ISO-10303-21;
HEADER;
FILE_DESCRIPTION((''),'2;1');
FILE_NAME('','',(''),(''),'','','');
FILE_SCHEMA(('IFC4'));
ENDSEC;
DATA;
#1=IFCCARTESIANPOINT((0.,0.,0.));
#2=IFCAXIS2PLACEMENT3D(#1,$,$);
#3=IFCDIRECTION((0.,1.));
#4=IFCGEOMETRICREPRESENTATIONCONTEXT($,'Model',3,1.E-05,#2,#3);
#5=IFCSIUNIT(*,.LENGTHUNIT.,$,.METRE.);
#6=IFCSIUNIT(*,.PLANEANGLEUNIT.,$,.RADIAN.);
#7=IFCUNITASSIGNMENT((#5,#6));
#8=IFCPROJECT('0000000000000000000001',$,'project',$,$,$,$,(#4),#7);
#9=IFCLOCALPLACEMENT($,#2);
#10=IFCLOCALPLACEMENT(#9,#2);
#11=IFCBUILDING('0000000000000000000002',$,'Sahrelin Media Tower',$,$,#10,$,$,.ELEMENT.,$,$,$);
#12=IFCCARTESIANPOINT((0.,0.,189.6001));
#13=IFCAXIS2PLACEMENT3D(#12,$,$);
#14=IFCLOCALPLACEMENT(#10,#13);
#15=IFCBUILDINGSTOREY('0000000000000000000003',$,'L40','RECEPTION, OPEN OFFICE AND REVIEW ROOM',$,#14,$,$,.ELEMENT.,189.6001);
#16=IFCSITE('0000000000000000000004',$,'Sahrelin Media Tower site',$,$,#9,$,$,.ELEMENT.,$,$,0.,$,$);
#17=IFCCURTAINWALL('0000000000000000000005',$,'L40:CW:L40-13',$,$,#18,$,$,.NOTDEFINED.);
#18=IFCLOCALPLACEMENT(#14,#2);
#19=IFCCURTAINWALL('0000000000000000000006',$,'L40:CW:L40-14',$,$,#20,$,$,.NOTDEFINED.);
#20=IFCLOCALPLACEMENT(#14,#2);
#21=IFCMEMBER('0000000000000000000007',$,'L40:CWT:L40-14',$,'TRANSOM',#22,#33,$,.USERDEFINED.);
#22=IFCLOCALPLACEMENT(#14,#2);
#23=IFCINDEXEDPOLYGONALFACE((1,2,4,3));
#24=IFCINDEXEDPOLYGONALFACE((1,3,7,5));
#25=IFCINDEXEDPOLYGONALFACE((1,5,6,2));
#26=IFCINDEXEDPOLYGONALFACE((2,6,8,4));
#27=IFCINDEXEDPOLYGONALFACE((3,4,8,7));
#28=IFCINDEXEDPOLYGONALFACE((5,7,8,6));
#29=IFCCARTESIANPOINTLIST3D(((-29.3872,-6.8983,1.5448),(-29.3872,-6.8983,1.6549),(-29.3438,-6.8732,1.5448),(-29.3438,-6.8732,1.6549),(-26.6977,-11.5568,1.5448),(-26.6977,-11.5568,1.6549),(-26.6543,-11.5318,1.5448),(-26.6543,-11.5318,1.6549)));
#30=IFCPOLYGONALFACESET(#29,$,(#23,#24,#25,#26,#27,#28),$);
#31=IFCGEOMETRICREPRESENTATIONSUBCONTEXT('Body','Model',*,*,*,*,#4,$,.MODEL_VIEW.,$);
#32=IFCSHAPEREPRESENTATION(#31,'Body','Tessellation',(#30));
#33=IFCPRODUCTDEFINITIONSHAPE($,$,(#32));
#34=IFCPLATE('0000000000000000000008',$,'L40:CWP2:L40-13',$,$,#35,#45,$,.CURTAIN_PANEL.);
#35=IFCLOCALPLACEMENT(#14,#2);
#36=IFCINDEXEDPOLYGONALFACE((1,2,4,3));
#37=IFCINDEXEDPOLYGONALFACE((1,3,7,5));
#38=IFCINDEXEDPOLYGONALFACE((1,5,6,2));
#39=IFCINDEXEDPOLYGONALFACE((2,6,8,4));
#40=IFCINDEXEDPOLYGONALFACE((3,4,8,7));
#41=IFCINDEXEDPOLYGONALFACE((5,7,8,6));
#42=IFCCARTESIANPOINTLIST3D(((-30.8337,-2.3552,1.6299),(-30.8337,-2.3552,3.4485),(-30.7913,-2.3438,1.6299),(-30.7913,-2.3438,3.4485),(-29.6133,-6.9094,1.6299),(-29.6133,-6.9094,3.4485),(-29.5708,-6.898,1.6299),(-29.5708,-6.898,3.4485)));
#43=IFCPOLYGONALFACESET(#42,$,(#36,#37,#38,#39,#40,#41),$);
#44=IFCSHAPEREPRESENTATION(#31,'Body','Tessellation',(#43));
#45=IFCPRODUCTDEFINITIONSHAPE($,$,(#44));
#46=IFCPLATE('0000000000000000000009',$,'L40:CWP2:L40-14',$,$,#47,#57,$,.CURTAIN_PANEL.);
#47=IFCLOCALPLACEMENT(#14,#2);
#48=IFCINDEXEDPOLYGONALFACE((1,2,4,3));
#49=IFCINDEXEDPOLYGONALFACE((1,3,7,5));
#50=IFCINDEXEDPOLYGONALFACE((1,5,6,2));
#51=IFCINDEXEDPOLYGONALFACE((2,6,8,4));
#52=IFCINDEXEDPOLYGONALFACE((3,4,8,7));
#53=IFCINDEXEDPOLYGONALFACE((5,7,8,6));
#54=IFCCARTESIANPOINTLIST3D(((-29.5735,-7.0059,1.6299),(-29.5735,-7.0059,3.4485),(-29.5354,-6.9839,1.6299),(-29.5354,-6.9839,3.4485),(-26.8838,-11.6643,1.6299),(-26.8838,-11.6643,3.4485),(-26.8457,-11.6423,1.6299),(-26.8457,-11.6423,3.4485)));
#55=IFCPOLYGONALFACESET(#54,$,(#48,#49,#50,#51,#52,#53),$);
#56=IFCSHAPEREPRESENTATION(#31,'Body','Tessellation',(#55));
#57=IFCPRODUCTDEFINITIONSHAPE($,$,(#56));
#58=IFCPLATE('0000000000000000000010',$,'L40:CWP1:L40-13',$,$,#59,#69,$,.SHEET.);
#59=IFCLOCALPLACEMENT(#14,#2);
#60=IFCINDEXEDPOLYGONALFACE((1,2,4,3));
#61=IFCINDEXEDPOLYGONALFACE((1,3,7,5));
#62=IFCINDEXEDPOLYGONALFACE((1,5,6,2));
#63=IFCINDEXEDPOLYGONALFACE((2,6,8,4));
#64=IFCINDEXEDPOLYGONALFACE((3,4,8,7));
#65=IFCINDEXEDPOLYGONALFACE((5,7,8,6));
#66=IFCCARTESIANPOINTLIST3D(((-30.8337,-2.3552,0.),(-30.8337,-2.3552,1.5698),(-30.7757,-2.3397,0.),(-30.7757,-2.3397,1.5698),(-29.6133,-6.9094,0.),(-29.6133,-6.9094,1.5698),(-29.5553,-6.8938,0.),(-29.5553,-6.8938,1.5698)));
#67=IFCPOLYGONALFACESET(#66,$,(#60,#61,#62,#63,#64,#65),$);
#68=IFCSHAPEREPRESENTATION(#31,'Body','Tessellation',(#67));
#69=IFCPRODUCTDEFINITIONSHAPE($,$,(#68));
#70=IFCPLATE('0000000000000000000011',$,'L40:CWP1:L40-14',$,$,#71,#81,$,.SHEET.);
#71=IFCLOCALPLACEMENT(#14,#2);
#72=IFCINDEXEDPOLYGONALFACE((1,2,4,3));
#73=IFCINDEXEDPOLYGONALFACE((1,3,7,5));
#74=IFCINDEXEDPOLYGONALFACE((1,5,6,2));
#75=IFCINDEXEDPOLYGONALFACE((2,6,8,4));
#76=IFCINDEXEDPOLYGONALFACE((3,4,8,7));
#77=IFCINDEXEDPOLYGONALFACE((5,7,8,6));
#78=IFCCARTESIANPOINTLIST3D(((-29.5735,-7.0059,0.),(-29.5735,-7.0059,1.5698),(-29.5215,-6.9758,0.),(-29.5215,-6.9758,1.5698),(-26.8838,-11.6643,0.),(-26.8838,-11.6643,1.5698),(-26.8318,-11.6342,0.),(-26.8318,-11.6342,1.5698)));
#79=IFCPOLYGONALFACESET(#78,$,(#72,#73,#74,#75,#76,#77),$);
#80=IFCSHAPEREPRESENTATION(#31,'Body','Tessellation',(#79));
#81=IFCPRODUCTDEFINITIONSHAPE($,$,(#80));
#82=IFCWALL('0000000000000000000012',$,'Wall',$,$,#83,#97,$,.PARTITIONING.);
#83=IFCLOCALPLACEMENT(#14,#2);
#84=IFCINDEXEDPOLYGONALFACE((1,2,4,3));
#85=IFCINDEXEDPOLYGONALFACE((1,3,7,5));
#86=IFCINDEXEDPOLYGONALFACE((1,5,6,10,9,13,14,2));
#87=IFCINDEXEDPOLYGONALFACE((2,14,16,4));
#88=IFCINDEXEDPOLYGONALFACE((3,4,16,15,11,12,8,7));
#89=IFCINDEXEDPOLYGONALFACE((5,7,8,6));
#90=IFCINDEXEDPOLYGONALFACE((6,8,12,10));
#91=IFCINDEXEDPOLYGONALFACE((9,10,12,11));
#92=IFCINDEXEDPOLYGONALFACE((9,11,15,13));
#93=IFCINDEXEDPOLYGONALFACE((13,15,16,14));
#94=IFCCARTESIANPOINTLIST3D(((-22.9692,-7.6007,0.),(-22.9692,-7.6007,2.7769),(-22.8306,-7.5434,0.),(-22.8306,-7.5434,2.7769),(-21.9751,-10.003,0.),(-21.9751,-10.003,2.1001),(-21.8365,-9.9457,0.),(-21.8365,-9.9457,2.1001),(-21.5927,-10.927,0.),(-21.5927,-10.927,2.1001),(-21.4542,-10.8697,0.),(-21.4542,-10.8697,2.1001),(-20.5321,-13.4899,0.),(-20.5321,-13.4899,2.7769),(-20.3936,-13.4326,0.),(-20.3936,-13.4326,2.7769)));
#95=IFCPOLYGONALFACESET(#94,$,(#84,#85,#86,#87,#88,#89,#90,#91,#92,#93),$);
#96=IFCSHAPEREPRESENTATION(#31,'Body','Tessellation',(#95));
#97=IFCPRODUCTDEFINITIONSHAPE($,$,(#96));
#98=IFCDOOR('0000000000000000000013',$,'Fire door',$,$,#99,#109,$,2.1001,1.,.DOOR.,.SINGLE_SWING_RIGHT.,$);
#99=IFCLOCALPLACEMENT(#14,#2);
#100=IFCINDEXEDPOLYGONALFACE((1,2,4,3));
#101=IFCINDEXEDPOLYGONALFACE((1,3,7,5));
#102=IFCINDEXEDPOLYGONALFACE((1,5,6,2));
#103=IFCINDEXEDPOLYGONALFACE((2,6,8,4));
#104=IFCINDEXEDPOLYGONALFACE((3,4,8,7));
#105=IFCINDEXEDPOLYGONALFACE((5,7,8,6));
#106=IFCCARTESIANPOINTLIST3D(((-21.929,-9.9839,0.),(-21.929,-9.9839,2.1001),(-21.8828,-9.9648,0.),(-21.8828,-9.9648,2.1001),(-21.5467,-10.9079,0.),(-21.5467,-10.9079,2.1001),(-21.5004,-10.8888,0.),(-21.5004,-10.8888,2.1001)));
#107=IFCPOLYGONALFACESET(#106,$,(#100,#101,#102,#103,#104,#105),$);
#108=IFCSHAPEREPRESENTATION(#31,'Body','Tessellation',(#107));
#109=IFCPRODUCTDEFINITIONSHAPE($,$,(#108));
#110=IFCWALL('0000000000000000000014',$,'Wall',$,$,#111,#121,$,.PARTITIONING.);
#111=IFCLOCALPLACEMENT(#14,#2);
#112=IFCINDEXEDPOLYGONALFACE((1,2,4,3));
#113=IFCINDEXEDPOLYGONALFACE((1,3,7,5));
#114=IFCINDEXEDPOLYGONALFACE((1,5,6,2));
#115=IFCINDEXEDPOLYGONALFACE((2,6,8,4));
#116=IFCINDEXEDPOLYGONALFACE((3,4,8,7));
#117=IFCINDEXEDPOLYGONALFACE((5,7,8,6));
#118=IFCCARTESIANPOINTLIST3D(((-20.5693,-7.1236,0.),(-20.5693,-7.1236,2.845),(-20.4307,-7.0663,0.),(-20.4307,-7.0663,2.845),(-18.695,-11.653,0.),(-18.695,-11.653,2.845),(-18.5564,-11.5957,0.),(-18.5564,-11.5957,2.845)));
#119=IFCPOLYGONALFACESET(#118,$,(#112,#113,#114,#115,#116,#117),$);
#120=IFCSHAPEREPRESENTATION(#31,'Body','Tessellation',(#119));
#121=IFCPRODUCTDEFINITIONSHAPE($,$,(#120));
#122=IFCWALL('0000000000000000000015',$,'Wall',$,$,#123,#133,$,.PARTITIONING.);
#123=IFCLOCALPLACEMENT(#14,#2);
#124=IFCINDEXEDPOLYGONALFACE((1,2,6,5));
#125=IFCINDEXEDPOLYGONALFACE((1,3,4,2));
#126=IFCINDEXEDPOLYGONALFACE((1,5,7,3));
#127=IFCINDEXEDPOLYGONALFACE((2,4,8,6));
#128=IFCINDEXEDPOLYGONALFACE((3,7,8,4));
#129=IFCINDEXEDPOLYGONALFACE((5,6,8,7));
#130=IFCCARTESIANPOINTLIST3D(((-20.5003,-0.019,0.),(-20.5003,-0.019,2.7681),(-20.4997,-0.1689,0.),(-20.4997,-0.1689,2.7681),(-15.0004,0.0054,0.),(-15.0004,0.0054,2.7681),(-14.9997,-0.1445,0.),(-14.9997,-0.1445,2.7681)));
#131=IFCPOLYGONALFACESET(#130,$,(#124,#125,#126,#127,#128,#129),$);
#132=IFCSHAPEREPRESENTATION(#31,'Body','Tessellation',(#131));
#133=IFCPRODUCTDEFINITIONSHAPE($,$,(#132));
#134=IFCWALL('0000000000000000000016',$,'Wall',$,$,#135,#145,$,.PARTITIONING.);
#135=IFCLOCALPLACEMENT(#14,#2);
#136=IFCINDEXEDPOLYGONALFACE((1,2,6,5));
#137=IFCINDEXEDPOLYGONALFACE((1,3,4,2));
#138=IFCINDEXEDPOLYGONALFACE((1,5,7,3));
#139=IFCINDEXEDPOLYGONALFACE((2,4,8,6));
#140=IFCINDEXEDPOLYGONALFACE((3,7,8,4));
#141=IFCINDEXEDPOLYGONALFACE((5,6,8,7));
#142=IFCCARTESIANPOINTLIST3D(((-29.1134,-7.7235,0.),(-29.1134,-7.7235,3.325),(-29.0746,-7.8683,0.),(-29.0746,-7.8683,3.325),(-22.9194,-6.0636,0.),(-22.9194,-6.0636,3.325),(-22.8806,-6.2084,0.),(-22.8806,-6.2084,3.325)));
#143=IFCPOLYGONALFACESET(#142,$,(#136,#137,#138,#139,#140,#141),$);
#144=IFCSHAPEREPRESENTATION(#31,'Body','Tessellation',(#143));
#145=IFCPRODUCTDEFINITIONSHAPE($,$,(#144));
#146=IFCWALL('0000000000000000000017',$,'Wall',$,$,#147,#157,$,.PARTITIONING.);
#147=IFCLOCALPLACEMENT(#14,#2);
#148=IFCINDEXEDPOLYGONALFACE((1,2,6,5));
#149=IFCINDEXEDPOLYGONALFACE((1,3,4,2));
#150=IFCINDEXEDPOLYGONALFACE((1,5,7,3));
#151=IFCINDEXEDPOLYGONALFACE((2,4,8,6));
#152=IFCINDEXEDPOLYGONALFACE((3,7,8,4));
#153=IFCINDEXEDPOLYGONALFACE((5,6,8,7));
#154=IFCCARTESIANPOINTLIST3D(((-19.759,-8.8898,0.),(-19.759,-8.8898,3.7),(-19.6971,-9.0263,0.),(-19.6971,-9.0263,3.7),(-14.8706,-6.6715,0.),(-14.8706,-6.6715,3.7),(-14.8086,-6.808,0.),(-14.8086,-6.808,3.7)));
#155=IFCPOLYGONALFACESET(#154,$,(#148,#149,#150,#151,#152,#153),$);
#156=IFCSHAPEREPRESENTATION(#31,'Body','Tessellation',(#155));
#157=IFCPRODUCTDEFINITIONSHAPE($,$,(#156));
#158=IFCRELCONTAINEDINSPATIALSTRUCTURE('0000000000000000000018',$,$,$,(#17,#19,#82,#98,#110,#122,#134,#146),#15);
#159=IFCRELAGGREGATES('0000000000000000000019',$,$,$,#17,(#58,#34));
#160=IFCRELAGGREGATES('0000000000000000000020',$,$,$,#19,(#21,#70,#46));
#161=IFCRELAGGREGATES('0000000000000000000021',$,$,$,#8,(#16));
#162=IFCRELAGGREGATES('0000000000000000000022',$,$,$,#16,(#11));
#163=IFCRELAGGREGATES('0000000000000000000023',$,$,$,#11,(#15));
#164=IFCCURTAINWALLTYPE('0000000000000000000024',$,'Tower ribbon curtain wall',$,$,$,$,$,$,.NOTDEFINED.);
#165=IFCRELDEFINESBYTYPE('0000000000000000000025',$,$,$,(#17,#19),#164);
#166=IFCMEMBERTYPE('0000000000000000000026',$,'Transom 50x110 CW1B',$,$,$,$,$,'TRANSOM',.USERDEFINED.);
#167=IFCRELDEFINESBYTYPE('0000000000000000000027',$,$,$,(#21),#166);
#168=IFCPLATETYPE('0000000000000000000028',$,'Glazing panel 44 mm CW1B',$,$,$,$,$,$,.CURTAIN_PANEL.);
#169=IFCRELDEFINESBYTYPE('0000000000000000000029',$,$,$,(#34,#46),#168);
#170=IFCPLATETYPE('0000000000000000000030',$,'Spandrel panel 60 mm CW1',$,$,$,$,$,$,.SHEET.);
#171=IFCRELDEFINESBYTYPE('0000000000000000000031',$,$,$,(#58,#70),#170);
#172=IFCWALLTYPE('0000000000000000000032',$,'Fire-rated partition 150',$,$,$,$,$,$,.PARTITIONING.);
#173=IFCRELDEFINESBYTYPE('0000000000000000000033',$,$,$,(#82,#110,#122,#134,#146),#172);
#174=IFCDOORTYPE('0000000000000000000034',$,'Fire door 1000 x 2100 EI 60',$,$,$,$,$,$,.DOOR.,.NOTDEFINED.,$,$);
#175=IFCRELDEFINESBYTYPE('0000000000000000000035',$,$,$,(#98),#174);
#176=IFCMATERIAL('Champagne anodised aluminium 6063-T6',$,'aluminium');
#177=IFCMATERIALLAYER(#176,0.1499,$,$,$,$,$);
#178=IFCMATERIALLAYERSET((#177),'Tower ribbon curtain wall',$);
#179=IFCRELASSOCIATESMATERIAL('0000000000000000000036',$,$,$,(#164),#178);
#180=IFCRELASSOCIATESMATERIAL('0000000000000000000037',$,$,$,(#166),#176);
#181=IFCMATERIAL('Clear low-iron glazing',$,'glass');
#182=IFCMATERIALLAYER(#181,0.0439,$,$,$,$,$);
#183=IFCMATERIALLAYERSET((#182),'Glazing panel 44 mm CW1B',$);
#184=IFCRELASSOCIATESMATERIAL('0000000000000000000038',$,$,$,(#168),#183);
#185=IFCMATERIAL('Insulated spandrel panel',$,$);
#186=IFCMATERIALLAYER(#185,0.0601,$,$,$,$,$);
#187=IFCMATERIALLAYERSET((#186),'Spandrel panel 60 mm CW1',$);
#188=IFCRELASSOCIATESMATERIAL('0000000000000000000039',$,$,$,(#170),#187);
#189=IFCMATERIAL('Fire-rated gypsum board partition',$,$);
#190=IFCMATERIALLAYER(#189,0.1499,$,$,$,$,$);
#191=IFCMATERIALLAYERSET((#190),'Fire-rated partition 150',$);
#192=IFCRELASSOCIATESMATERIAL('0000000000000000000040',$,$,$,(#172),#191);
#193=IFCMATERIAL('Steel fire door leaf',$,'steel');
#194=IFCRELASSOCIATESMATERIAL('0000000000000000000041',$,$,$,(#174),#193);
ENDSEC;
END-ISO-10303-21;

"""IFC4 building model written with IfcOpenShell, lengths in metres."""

from ifc_helpers import new_model, si_unit, direction, frame, frame_2d, origin, origin_2d, place, context, subcontext, project, spatial, polyline, rectangle, outline, extrude, material, layer, layer_set, material_profile, profile_set, type_object, element, fill, aggregate, save


model = new_model("IFC4")

# Units and contexts
model_context = context("Model", 3, precision=1e-05, world=origin(), true_north=direction((0.0, 1.0)))
body_context = subcontext(model_context, "Body", "Model", "MODEL_VIEW")
ifc_project = project(units=[si_unit("LENGTHUNIT", "METRE"), si_unit("PLANEANGLEUNIT", "RADIAN")], contexts=[model_context])

# Site, building, storey
site_placement = place(None, origin())
site = spatial("IfcSite", under=ifc_project, at=site_placement, Name="Sahrelin Media Tower site", CompositionType="ELEMENT", RefElevation=0.0)
building_placement = place(site_placement, origin())
building = spatial("IfcBuilding", under=site, at=building_placement, Name="Sahrelin Media Tower", CompositionType="ELEMENT")
storey_placement = place(building_placement, frame((0.0, 0.0, 189.6001)))
storey = spatial("IfcBuildingStorey", under=building, at=storey_placement, Name="L40", Description="RECEPTION, OPEN OFFICE AND REVIEW ROOM", CompositionType="ELEMENT", Elevation=189.6001)

# Curtain wall
ifc_material_1 = material(Name="Champagne anodised aluminium 6063-T6", Category="aluminium")
ifc_layer_1 = layer(ifc_material_1, 0.1499)
ifc_layer_set_1 = layer_set([ifc_layer_1], Name="Tower ribbon curtain wall")
curtain_wall_type = type_object("IfcCurtainWallType", Name="Tower ribbon curtain wall", PredefinedType="NOTDEFINED", material=ifc_layer_set_1)
curtain_wall_1_placement = place(storey_placement, frame((-30.2041, -4.6272, 0.0), z_axis=(0.0, 0.0, 1.0), x_axis=(1.0, 0.0, 0.0)))
curtain_wall_1 = element("IfcCurtainWall", 1, at=curtain_wall_1_placement, inside=storey, type_object=curtain_wall_type, Name="L40:CW:L40-13", PredefinedType="NOTDEFINED")

# Shared definitions
ifc_material_profile_1 = material_profile(ifc_material_1, rectangle(XDim=0.05, YDim=0.1101, at=origin_2d()), Name="Transom 50x110")
ifc_profile_set_1 = profile_set([ifc_material_profile_1], Name="Champagne anodised aluminium 6063-T6")
member_type_1 = type_object("IfcMemberType", Name="Transom 50x110 CW1B", ElementType="TRANSOM", PredefinedType="USERDEFINED", material=ifc_profile_set_1)

# Curtain wall, member
curtain_wall_2_placement = place(storey_placement, frame((-28.2112, -9.325, 0.0), z_axis=(0.0, 0.0, 1.0), x_axis=(1.0, 0.0, 0.0)))
curtain_wall_2 = element("IfcCurtainWall", 2, at=curtain_wall_2_placement, inside=storey, type_object=curtain_wall_type, Name="L40:CW:L40-14", PredefinedType="NOTDEFINED")
member_1_placement = place(storey_placement, frame((-29.3655, -6.8857, 1.5999), z_axis=(0.499986, -0.866034, 0.0), x_axis=(0.866034, 0.499986, 0.0)))
member_1 = element("IfcMember", 3, at=member_1_placement, type_object=member_type_1, Name="L40:CWT:L40-14", ObjectType="TRANSOM", PredefinedType="USERDEFINED", context=body_context, shape_type="SweptSolid", body=[
    extrude(rectangle(XDim=0.05, YDim=0.1101, at=origin_2d()), origin(), (0.0, 0.0, 1.0), 5.3792),
])

# Plates
ifc_material_2 = material(Name="Clear low-iron glazing", Category="glass")
ifc_layer_2 = layer(ifc_material_2, 0.0439)
ifc_layer_set_2 = layer_set([ifc_layer_2], Name="Glazing panel 44 mm CW1B")
plate_type_1 = type_object("IfcPlateType", Name="Glazing panel 44 mm CW1B", PredefinedType="CURTAIN_PANEL", material=ifc_layer_set_2)
plate_1_placement = place(storey_placement, frame((-30.8337, -2.3552, 1.6299), z_axis=(-0.965917, -0.258852, 0.0), x_axis=(0.258852, -0.965917, 0.0)))
plate_1 = element("IfcPlate", 4, at=plate_1_placement, type_object=plate_type_1, Name="L40:CWP2:L40-13", PredefinedType="CURTAIN_PANEL", context=body_context, shape_type="SweptSolid", body=[
    extrude(outline(polyline([(0.0, 0.0), (4.7148, 0.0), (4.7148, 1.8186), (0.0, 1.8186), (0.0, 0.0)])), origin(), (0.0, 0.0, -1.0), 0.0439),
])
plate_2_placement = place(storey_placement, frame((-29.5735, -7.0059, 1.6299), z_axis=(-0.866014, -0.50002, 0.0), x_axis=(0.50002, -0.866014, 0.0)))
plate_2 = element("IfcPlate", 5, at=plate_2_placement, type_object=plate_type_1, Name="L40:CWP2:L40-14", PredefinedType="CURTAIN_PANEL", context=body_context, shape_type="SweptSolid", body=[
    extrude(outline(polyline([(0.0, 0.0), (5.3792, 0.0), (5.3792, 1.8186), (0.0, 1.8186), (0.0, 0.0)])), origin(), (0.0, 0.0, -1.0), 0.0439),
])
ifc_material_3 = material(Name="Insulated spandrel panel")
ifc_layer_3 = layer(ifc_material_3, 0.0601)
ifc_layer_set_3 = layer_set([ifc_layer_3], Name="Spandrel panel 60 mm CW1")
plate_type_2 = type_object("IfcPlateType", Name="Spandrel panel 60 mm CW1", PredefinedType="SHEET", material=ifc_layer_set_3)
plate_3_placement = place(storey_placement, frame((-30.8337, -2.3552, 0.0), z_axis=(-0.965917, -0.258852, 0.0), x_axis=(0.258852, -0.965917, 0.0)))
plate_3 = element("IfcPlate", 6, at=plate_3_placement, type_object=plate_type_2, Name="L40:CWP1:L40-13", PredefinedType="SHEET", context=body_context, shape_type="SweptSolid", body=[
    extrude(outline(polyline([(0.0, 0.0), (4.7148, 0.0), (4.7148, 1.5698), (0.0, 1.5698), (0.0, 0.0)])), origin(), (0.0, 0.0, -1.0), 0.0601),
])
aggregate(curtain_wall_1, [plate_3, plate_1])
plate_4_placement = place(storey_placement, frame((-29.5735, -7.0059, 0.0), z_axis=(-0.866014, -0.50002, 0.0), x_axis=(0.50002, -0.866014, 0.0)))
plate_4 = element("IfcPlate", 7, at=plate_4_placement, type_object=plate_type_2, Name="L40:CWP1:L40-14", PredefinedType="SHEET", context=body_context, shape_type="SweptSolid", body=[
    extrude(outline(polyline([(0.0, 0.0), (5.3792, 0.0), (5.3792, 1.5698), (0.0, 1.5698), (0.0, 0.0)])), origin(), (0.0, 0.0, -1.0), 0.0601),
])
aggregate(curtain_wall_2, [member_1, plate_4, plate_2])

# Wall, opening, door
ifc_material_4 = material(Name="Fire-rated gypsum board partition")
ifc_layer_4 = layer(ifc_material_4, 0.1499)
ifc_layer_set_4 = layer_set([ifc_layer_4], Name="Fire-rated partition 150")
wall_type_1 = type_object("IfcWallType", Name="Fire-rated partition 150", PredefinedType="PARTITIONING", material=ifc_layer_set_4)
wall_1_placement = place(storey_placement, frame((-22.8999, -7.572, 0.0), z_axis=(0.0, 0.0, 1.0), x_axis=(0.382368, -0.92401, 0.0)))
wall_1 = element("IfcWall", 8, at=wall_1_placement, inside=storey, type_object=wall_type_1, Name="Wall", PredefinedType="PARTITIONING", context=body_context, shape_type="SweptSolid", body=[
    extrude(rectangle(XDim=6.3735, YDim=0.1499, at=frame_2d((3.1868, 0.0))), origin(), (0.0, 0.0, 1.0), 2.7769),
])
opening_1_placement = place(wall_1_placement, frame((2.5999, 0.0, 0.0)))
opening_1 = element("IfcOpeningElement", 9, at=opening_1_placement, cuts=wall_1, PredefinedType="OPENING", context=body_context, shape_type="SweptSolid", body=[
    extrude(rectangle(XDim=1.0, YDim=2.1001, at=frame_2d((0.5, 1.05))), frame((0.0, 0.075, 0.0), z_axis=(0.0, -1.0, 0.0), x_axis=(1.0, 0.0, 0.0)), (0.0, 0.0, 1.0), 0.1499),
])
ifc_material_5 = material(Name="Steel fire door leaf", Category="steel")
door_type_1 = type_object("IfcDoorType", Name="Fire door 1000 x 2100 EI 60", OperationType="NOTDEFINED", PredefinedType="DOOR", material=ifc_material_5)
door_1_placement = place(opening_1_placement, origin())
door_1 = element("IfcDoor", 10, at=door_1_placement, inside=storey, type_object=door_type_1, Name="Fire door", OperationType="SINGLE_SWING_RIGHT", OverallHeight=2.1001, OverallWidth=1.0, PredefinedType="DOOR", context=body_context, shape_type="SweptSolid", body=[
    extrude(rectangle(XDim=1.0, YDim=2.1001, at=frame_2d((0.5, 1.05))), frame((0.0, 0.0249, 0.0), z_axis=(0.0, -1.0, 0.0), x_axis=(1.0, 0.0, 0.0)), (0.0, 0.0, 1.0), 0.05),
])
fill(opening_1, door_1)

# Walls
wall_2_placement = place(storey_placement, frame((-20.5, -7.095, 0.0), z_axis=(0.0, 0.0, 1.0), x_axis=(0.382365, -0.924011, 0.0)))
element("IfcWall", 11, at=wall_2_placement, inside=storey, type_object=wall_type_1, Name="Wall", PredefinedType="PARTITIONING", context=body_context, shape_type="SweptSolid", body=[
    extrude(rectangle(XDim=4.9019, YDim=0.1499, at=frame_2d((2.4509, 0.0))), origin(), (0.0, 0.0, 1.0), 2.845),
])
wall_3_placement = place(storey_placement, frame((-20.5, -0.094, 0.0), z_axis=(0.0, 0.0, 1.0), x_axis=(0.99999, 0.004439, 0.0)))
element("IfcWall", 12, at=wall_3_placement, inside=storey, type_object=wall_type_1, Name="Wall", PredefinedType="PARTITIONING", context=body_context, shape_type="SweptSolid", body=[
    extrude(rectangle(XDim=5.5, YDim=0.1499, at=frame_2d((2.75, 0.0))), origin(), (0.0, 0.0, 1.0), 2.7681),
])
wall_4_placement = place(storey_placement, frame((-29.094, -7.7959, 0.0), z_axis=(0.0, 0.0, 1.0), x_axis=(0.965918, 0.25885, 0.0)))
element("IfcWall", 13, at=wall_4_placement, inside=storey, type_object=wall_type_1, Name="Wall", PredefinedType="PARTITIONING", context=body_context, shape_type="SweptSolid", body=[
    extrude(rectangle(XDim=6.4126, YDim=0.1499, at=frame_2d((3.2063, 0.0))), origin(), (0.0, 0.0, 1.0), 3.325),
])
wall_5_placement = place(storey_placement, frame((-19.728, -8.958, 0.0), z_axis=(0.0, 0.0, 1.0), x_axis=(0.91063, 0.413224, 0.0)))
element("IfcWall", 14, at=wall_5_placement, inside=storey, type_object=wall_type_1, Name="Wall", PredefinedType="PARTITIONING", context=body_context, shape_type="SweptSolid", body=[
    extrude(rectangle(XDim=5.3682, YDim=0.1499, at=frame_2d((2.6841, 0.0))), origin(), (0.0, 0.0, 1.0), 3.7),
])

save(model, "model.ifc")
